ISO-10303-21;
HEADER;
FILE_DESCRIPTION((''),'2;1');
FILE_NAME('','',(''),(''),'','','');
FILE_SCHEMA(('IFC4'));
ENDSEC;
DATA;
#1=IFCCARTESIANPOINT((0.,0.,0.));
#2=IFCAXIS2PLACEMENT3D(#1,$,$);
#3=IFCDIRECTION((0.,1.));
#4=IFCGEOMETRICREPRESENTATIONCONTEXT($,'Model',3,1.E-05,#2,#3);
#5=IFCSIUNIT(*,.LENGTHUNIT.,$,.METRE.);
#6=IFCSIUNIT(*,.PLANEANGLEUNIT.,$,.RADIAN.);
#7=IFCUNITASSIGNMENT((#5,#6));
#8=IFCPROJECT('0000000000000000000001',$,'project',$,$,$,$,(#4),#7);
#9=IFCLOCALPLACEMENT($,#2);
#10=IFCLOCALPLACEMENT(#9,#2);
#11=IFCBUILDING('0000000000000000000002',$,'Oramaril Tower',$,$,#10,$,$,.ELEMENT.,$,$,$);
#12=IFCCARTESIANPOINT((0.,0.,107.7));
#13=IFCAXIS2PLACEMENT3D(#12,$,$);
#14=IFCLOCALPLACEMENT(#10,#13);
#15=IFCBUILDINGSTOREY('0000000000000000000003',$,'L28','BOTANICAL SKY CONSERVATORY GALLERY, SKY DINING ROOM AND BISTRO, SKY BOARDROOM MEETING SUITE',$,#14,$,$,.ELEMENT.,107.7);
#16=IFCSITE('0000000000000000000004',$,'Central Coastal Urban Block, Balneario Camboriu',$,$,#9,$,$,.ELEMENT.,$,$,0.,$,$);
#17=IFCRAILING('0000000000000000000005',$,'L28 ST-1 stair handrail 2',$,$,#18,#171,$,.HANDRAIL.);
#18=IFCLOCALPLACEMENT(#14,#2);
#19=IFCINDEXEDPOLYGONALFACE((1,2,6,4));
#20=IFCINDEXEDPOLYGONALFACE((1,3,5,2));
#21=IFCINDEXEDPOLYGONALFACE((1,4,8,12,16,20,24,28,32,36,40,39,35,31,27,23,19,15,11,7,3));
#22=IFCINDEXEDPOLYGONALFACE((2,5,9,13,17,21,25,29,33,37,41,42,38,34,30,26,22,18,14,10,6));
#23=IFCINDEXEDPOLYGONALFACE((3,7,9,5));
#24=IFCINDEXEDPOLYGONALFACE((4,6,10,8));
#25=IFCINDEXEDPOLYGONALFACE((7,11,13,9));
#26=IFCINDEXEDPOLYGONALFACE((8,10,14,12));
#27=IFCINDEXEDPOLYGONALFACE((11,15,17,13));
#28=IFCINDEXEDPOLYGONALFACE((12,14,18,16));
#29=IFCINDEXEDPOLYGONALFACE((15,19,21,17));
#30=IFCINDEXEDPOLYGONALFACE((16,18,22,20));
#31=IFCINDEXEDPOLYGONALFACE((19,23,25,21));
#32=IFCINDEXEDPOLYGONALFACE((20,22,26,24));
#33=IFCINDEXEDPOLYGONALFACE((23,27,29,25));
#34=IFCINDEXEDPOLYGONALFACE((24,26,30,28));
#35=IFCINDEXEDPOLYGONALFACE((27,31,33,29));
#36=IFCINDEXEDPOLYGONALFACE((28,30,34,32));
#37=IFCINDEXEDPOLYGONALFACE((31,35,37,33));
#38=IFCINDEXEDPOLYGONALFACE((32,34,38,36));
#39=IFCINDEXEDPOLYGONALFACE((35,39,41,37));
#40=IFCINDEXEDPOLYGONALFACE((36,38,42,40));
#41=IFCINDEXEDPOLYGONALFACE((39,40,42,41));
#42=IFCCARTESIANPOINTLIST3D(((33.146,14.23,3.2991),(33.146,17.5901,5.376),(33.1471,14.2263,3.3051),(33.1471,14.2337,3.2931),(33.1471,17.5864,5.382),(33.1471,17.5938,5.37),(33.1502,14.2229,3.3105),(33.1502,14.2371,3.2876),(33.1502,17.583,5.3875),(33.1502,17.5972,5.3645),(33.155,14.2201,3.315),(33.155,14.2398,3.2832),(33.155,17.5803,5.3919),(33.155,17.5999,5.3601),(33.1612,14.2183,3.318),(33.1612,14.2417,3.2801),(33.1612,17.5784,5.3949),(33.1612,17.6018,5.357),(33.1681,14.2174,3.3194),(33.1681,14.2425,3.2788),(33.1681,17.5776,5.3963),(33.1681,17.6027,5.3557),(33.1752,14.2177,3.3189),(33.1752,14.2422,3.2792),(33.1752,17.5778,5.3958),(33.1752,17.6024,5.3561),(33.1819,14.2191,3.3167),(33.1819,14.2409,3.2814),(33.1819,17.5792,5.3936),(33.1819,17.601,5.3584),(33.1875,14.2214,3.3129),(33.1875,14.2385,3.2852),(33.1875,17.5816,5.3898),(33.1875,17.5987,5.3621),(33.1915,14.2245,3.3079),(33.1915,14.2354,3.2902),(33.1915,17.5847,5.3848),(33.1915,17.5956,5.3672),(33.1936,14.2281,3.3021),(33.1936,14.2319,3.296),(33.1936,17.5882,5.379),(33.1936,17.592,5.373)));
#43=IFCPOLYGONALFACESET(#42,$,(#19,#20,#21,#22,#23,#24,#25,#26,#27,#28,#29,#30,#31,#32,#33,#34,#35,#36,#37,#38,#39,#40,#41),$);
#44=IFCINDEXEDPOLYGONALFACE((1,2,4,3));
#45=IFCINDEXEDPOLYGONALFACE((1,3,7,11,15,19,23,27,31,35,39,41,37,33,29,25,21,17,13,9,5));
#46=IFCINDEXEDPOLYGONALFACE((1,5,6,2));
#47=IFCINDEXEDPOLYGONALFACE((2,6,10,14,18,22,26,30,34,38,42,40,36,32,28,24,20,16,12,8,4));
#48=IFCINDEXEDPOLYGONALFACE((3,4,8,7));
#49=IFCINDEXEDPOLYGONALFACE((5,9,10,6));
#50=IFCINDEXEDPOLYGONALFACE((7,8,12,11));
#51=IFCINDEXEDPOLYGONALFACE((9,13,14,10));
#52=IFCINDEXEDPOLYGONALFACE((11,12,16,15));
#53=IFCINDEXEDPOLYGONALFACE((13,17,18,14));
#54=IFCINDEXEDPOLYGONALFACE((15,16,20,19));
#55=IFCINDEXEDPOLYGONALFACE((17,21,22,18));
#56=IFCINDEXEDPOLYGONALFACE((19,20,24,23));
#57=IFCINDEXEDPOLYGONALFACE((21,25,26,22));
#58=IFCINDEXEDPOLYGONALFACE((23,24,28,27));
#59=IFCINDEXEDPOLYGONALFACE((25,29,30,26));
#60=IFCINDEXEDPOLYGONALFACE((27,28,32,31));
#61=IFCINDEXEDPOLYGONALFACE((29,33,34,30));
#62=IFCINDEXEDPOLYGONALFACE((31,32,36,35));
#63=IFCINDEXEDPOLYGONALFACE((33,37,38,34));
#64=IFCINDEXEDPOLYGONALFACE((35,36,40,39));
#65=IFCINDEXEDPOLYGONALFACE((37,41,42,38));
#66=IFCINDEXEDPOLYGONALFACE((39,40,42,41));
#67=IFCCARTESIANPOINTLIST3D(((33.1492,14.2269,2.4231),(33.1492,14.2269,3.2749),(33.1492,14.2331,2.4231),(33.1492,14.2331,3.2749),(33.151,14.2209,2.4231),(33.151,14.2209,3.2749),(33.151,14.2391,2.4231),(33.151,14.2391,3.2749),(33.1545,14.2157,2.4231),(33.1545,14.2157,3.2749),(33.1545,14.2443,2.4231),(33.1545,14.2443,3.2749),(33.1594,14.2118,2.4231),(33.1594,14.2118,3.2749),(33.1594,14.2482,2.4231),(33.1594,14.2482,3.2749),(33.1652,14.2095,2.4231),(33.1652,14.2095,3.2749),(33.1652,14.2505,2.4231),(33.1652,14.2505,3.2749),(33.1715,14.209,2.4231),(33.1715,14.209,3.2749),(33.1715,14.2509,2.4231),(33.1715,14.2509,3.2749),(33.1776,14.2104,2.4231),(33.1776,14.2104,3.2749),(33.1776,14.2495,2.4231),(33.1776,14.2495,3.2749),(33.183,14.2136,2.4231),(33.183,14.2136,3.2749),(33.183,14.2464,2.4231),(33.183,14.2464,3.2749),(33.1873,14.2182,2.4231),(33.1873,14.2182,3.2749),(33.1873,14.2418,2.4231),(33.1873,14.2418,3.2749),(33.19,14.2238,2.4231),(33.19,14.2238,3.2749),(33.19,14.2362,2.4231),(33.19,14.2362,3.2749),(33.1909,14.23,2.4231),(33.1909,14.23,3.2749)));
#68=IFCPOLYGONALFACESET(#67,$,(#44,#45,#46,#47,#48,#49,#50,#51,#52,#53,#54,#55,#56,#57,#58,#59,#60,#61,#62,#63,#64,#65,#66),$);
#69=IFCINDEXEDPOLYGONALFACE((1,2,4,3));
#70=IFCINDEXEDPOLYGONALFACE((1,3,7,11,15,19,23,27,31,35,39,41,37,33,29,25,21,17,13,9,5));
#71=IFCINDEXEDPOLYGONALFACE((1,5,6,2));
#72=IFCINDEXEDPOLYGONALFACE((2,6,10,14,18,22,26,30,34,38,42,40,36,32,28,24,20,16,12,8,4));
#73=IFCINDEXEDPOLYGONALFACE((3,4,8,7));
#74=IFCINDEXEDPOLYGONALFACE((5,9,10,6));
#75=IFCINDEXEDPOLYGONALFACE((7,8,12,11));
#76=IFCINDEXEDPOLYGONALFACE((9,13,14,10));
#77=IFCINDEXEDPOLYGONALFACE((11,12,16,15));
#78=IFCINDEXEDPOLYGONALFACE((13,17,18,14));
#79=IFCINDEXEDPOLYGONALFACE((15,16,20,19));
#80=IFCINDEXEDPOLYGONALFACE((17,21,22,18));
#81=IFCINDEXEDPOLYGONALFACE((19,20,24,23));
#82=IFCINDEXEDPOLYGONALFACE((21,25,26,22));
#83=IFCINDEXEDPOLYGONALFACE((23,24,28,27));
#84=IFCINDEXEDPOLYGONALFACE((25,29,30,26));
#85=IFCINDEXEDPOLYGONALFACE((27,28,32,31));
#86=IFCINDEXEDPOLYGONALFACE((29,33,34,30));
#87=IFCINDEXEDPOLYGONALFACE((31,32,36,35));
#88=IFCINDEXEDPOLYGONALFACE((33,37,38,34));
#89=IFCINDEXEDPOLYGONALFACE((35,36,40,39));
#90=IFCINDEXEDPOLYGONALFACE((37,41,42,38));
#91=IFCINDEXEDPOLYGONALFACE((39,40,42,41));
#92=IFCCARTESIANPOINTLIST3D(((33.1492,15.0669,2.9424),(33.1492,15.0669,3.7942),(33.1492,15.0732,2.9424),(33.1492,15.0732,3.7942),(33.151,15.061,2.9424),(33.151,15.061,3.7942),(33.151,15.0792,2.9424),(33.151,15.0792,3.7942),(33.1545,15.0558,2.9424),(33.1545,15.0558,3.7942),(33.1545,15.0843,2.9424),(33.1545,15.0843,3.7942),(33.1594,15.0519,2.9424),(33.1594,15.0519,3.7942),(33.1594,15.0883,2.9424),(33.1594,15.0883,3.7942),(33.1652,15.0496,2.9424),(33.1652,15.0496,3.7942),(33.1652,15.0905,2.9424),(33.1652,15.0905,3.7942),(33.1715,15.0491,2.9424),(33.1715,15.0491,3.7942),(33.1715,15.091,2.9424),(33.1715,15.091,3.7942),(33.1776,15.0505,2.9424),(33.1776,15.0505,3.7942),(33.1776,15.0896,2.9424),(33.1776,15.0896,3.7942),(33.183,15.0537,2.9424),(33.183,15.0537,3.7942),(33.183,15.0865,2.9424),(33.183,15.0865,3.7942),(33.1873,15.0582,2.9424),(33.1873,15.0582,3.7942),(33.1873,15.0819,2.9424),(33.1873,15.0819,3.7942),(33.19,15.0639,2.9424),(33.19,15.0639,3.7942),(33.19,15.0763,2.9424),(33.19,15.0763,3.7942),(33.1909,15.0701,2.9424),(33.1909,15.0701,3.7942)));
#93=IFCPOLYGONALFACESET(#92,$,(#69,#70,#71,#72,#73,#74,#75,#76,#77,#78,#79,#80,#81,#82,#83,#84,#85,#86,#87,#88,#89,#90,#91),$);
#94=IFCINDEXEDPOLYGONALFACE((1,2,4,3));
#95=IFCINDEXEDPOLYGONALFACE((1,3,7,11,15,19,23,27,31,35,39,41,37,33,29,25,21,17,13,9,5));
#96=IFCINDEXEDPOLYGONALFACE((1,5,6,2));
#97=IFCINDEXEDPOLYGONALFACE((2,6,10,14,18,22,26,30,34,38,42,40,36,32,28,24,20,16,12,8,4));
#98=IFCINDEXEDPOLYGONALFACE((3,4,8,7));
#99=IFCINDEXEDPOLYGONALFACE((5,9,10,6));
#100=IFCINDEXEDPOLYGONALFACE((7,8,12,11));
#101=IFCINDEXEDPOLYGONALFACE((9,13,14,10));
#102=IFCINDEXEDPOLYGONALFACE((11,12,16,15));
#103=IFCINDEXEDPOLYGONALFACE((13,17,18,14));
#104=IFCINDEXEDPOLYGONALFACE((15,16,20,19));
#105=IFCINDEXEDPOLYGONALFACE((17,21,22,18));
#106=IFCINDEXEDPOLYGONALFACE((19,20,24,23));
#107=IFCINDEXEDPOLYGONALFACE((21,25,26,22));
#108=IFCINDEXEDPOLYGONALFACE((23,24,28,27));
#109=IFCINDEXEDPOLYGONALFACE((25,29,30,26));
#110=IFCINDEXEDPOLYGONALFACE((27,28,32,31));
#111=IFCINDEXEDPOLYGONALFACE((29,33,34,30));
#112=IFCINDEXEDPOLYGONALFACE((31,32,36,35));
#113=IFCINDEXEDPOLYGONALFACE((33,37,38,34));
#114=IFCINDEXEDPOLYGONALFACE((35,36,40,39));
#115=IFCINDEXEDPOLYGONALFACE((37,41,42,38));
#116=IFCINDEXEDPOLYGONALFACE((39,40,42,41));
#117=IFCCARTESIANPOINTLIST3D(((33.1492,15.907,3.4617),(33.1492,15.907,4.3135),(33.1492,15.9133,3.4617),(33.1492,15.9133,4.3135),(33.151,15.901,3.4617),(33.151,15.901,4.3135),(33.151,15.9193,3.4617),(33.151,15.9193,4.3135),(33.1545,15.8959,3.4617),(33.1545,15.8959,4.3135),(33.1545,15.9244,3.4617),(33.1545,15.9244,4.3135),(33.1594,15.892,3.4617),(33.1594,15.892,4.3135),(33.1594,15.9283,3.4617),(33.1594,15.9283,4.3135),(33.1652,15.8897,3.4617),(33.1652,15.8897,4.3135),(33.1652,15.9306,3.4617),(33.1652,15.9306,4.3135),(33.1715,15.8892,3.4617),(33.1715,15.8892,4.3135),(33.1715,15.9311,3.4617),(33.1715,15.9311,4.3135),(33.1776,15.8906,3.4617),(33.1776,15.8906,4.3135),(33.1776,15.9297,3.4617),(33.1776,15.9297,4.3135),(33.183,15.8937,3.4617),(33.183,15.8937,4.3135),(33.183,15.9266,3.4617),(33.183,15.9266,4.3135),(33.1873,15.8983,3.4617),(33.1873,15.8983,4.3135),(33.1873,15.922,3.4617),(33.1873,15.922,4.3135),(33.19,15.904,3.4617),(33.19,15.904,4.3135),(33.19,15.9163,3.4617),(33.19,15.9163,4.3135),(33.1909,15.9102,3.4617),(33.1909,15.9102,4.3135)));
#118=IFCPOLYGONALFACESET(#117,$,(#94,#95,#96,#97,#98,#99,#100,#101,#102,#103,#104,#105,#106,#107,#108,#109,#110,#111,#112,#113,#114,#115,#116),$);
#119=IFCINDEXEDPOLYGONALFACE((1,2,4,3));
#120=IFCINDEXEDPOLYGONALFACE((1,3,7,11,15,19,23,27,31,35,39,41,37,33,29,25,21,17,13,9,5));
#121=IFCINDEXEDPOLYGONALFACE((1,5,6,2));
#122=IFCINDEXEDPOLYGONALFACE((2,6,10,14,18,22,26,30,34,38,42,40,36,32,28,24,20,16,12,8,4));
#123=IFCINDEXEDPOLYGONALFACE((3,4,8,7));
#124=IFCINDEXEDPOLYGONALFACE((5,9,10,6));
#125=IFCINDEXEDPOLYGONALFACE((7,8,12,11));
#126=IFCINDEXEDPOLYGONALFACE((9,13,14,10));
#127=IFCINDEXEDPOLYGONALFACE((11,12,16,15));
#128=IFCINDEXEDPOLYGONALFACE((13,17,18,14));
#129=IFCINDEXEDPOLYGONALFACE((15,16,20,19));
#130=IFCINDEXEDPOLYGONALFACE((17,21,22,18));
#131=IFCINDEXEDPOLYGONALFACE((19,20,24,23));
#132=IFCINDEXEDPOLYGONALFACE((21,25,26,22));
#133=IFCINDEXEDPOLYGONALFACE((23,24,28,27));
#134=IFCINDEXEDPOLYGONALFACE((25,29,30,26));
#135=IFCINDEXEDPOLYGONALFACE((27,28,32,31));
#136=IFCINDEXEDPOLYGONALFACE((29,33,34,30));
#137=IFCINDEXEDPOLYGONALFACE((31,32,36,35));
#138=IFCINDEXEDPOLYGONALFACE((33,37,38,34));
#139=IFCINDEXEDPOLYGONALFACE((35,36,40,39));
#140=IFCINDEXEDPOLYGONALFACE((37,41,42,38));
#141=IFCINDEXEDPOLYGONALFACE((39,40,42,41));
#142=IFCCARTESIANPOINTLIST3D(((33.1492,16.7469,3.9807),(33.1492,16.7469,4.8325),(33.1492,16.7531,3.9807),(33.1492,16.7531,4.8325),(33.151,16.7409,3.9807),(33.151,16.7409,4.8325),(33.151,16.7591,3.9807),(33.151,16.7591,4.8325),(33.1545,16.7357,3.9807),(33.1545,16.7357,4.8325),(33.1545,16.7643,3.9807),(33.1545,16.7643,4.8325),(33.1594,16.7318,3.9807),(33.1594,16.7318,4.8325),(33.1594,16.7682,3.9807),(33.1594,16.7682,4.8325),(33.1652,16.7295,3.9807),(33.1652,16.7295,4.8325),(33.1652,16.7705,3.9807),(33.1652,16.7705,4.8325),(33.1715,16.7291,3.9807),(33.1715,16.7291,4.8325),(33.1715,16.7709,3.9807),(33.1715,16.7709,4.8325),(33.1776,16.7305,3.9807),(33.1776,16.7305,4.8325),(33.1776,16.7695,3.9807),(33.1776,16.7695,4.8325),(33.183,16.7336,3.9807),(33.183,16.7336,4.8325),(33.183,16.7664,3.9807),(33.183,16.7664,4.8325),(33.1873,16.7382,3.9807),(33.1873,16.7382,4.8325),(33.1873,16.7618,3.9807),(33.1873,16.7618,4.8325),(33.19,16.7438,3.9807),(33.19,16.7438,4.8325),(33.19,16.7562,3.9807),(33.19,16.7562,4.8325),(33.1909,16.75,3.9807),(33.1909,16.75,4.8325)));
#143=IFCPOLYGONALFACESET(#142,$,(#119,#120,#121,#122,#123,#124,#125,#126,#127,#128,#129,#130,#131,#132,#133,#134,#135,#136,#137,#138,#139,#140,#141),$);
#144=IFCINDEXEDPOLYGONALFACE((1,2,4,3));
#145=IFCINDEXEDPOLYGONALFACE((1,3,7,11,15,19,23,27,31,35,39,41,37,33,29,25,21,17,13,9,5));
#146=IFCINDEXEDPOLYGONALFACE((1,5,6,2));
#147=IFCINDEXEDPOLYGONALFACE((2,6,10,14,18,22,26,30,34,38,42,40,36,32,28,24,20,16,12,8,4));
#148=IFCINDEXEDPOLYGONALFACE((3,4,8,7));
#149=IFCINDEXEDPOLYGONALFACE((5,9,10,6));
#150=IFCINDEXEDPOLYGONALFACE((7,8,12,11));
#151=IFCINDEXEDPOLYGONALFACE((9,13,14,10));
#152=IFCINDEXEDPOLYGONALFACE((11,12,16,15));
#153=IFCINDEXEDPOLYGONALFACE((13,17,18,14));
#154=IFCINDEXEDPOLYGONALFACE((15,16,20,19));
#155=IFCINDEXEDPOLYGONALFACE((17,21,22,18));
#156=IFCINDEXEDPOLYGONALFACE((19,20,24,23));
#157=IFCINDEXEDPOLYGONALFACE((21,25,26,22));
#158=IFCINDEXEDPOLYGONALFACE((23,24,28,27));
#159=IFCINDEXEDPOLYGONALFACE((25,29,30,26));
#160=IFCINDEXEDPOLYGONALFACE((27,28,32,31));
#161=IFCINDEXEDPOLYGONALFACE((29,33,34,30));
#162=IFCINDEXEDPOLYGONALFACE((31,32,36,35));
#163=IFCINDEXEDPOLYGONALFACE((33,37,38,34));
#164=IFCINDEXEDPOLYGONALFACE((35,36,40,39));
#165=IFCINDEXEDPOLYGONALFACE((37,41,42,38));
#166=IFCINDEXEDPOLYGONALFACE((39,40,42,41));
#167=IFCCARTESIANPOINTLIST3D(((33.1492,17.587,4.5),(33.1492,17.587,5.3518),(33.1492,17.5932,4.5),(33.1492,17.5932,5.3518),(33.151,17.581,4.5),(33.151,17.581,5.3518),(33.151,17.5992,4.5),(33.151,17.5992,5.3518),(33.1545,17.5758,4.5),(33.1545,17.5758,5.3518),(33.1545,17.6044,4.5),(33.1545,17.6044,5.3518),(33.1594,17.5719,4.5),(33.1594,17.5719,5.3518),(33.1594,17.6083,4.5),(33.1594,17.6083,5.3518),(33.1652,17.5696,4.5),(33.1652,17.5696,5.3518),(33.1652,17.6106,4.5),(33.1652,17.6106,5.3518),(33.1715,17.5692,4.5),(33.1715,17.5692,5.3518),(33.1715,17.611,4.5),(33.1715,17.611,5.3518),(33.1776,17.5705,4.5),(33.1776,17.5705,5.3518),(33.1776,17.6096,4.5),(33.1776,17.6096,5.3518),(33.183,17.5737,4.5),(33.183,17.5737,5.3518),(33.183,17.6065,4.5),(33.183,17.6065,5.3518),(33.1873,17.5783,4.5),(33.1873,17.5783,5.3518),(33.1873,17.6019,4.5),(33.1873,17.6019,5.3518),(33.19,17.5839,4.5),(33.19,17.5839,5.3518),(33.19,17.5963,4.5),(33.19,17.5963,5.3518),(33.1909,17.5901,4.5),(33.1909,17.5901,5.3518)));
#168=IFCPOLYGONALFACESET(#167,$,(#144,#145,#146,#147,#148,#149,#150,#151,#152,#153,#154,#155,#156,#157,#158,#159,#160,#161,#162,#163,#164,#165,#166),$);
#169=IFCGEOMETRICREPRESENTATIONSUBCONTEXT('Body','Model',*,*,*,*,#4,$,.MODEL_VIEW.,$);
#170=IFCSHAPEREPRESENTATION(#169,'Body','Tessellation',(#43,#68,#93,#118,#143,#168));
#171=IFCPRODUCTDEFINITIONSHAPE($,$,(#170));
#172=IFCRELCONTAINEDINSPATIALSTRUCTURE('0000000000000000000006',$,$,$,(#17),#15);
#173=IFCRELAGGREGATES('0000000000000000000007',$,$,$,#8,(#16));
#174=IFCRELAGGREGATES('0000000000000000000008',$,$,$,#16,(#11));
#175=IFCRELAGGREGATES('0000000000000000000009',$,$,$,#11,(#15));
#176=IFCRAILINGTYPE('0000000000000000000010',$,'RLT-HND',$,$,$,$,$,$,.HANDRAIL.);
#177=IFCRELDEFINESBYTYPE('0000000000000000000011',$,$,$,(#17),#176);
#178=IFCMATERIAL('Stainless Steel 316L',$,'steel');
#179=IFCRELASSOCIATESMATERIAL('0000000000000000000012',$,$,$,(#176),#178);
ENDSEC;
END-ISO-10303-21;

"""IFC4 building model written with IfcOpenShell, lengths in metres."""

from ifc_helpers import new_model, si_unit, direction, frame, origin, origin_2d, place, context, subcontext, project, spatial, circle, extrude, material, type_object, element, save


model = new_model("IFC4")

# Units and contexts
model_context = context("Model", 3, precision=1e-05, world=origin(), true_north=direction((0.0, 1.0)))
body_context = subcontext(model_context, "Body", "Model", "MODEL_VIEW")
ifc_project = project(units=[si_unit("LENGTHUNIT", "METRE"), si_unit("PLANEANGLEUNIT", "RADIAN")], contexts=[model_context])

# Site, building, storey
site_placement = place(None, origin())
site = spatial("IfcSite", under=ifc_project, at=site_placement, Name="Central Coastal Urban Block, Balneario Camboriu", CompositionType="ELEMENT", RefElevation=0.0)
building_placement = place(site_placement, origin())
building = spatial("IfcBuilding", under=site, at=building_placement, Name="Oramaril Tower", CompositionType="ELEMENT")
storey_placement = place(building_placement, frame((0.0, 0.0, 107.7)))
storey = spatial("IfcBuildingStorey", under=building, at=storey_placement, Name="L28", Description="BOTANICAL SKY CONSERVATORY GALLERY, SKY DINING ROOM AND BISTRO, SKY BOARDROOM MEETING SUITE", CompositionType="ELEMENT", Elevation=107.7)

# Railing
ifc_material_1 = material(Name="Stainless Steel 316L", Category="steel")
railing_type_1 = type_object("IfcRailingType", Name="RLT-HND", PredefinedType="HANDRAIL", material=ifc_material_1)
railing_1_placement = place(storey_placement, frame((33.1699, 14.23, 2.4231)))
element("IfcRailing", 1, at=railing_1_placement, inside=storey, type_object=railing_type_1, Name="L28 ST-1 stair handrail 2", PredefinedType="HANDRAIL", context=body_context, shape_type="SweptSolid", body=[
    extrude(circle(Radius=0.0239, at=origin_2d()), frame((0.0, 0.0, 0.876), z_axis=(0.0, 0.850623, 0.525776), x_axis=(-1.0, 0.0, 0.0)), (0.0, 0.0, 1.0), 3.9502),
    extrude(circle(Radius=0.021, at=origin_2d()), origin(), (0.0, 0.0, 1.0), 0.8518),
    extrude(circle(Radius=0.021, at=origin_2d()), frame((0.0, 0.8401, 0.5193)), (0.0, 0.0, 1.0), 0.8518),
    extrude(circle(Radius=0.021, at=origin_2d()), frame((0.0, 1.6802, 1.0386)), (0.0, 0.0, 1.0), 0.8518),
    extrude(circle(Radius=0.021, at=origin_2d()), frame((0.0, 2.52, 1.5576)), (0.0, 0.0, 1.0), 0.8518),
    extrude(circle(Radius=0.021, at=origin_2d()), frame((0.0, 3.3601, 2.0769)), (0.0, 0.0, 1.0), 0.8518),
])

save(model, "model.ifc")
